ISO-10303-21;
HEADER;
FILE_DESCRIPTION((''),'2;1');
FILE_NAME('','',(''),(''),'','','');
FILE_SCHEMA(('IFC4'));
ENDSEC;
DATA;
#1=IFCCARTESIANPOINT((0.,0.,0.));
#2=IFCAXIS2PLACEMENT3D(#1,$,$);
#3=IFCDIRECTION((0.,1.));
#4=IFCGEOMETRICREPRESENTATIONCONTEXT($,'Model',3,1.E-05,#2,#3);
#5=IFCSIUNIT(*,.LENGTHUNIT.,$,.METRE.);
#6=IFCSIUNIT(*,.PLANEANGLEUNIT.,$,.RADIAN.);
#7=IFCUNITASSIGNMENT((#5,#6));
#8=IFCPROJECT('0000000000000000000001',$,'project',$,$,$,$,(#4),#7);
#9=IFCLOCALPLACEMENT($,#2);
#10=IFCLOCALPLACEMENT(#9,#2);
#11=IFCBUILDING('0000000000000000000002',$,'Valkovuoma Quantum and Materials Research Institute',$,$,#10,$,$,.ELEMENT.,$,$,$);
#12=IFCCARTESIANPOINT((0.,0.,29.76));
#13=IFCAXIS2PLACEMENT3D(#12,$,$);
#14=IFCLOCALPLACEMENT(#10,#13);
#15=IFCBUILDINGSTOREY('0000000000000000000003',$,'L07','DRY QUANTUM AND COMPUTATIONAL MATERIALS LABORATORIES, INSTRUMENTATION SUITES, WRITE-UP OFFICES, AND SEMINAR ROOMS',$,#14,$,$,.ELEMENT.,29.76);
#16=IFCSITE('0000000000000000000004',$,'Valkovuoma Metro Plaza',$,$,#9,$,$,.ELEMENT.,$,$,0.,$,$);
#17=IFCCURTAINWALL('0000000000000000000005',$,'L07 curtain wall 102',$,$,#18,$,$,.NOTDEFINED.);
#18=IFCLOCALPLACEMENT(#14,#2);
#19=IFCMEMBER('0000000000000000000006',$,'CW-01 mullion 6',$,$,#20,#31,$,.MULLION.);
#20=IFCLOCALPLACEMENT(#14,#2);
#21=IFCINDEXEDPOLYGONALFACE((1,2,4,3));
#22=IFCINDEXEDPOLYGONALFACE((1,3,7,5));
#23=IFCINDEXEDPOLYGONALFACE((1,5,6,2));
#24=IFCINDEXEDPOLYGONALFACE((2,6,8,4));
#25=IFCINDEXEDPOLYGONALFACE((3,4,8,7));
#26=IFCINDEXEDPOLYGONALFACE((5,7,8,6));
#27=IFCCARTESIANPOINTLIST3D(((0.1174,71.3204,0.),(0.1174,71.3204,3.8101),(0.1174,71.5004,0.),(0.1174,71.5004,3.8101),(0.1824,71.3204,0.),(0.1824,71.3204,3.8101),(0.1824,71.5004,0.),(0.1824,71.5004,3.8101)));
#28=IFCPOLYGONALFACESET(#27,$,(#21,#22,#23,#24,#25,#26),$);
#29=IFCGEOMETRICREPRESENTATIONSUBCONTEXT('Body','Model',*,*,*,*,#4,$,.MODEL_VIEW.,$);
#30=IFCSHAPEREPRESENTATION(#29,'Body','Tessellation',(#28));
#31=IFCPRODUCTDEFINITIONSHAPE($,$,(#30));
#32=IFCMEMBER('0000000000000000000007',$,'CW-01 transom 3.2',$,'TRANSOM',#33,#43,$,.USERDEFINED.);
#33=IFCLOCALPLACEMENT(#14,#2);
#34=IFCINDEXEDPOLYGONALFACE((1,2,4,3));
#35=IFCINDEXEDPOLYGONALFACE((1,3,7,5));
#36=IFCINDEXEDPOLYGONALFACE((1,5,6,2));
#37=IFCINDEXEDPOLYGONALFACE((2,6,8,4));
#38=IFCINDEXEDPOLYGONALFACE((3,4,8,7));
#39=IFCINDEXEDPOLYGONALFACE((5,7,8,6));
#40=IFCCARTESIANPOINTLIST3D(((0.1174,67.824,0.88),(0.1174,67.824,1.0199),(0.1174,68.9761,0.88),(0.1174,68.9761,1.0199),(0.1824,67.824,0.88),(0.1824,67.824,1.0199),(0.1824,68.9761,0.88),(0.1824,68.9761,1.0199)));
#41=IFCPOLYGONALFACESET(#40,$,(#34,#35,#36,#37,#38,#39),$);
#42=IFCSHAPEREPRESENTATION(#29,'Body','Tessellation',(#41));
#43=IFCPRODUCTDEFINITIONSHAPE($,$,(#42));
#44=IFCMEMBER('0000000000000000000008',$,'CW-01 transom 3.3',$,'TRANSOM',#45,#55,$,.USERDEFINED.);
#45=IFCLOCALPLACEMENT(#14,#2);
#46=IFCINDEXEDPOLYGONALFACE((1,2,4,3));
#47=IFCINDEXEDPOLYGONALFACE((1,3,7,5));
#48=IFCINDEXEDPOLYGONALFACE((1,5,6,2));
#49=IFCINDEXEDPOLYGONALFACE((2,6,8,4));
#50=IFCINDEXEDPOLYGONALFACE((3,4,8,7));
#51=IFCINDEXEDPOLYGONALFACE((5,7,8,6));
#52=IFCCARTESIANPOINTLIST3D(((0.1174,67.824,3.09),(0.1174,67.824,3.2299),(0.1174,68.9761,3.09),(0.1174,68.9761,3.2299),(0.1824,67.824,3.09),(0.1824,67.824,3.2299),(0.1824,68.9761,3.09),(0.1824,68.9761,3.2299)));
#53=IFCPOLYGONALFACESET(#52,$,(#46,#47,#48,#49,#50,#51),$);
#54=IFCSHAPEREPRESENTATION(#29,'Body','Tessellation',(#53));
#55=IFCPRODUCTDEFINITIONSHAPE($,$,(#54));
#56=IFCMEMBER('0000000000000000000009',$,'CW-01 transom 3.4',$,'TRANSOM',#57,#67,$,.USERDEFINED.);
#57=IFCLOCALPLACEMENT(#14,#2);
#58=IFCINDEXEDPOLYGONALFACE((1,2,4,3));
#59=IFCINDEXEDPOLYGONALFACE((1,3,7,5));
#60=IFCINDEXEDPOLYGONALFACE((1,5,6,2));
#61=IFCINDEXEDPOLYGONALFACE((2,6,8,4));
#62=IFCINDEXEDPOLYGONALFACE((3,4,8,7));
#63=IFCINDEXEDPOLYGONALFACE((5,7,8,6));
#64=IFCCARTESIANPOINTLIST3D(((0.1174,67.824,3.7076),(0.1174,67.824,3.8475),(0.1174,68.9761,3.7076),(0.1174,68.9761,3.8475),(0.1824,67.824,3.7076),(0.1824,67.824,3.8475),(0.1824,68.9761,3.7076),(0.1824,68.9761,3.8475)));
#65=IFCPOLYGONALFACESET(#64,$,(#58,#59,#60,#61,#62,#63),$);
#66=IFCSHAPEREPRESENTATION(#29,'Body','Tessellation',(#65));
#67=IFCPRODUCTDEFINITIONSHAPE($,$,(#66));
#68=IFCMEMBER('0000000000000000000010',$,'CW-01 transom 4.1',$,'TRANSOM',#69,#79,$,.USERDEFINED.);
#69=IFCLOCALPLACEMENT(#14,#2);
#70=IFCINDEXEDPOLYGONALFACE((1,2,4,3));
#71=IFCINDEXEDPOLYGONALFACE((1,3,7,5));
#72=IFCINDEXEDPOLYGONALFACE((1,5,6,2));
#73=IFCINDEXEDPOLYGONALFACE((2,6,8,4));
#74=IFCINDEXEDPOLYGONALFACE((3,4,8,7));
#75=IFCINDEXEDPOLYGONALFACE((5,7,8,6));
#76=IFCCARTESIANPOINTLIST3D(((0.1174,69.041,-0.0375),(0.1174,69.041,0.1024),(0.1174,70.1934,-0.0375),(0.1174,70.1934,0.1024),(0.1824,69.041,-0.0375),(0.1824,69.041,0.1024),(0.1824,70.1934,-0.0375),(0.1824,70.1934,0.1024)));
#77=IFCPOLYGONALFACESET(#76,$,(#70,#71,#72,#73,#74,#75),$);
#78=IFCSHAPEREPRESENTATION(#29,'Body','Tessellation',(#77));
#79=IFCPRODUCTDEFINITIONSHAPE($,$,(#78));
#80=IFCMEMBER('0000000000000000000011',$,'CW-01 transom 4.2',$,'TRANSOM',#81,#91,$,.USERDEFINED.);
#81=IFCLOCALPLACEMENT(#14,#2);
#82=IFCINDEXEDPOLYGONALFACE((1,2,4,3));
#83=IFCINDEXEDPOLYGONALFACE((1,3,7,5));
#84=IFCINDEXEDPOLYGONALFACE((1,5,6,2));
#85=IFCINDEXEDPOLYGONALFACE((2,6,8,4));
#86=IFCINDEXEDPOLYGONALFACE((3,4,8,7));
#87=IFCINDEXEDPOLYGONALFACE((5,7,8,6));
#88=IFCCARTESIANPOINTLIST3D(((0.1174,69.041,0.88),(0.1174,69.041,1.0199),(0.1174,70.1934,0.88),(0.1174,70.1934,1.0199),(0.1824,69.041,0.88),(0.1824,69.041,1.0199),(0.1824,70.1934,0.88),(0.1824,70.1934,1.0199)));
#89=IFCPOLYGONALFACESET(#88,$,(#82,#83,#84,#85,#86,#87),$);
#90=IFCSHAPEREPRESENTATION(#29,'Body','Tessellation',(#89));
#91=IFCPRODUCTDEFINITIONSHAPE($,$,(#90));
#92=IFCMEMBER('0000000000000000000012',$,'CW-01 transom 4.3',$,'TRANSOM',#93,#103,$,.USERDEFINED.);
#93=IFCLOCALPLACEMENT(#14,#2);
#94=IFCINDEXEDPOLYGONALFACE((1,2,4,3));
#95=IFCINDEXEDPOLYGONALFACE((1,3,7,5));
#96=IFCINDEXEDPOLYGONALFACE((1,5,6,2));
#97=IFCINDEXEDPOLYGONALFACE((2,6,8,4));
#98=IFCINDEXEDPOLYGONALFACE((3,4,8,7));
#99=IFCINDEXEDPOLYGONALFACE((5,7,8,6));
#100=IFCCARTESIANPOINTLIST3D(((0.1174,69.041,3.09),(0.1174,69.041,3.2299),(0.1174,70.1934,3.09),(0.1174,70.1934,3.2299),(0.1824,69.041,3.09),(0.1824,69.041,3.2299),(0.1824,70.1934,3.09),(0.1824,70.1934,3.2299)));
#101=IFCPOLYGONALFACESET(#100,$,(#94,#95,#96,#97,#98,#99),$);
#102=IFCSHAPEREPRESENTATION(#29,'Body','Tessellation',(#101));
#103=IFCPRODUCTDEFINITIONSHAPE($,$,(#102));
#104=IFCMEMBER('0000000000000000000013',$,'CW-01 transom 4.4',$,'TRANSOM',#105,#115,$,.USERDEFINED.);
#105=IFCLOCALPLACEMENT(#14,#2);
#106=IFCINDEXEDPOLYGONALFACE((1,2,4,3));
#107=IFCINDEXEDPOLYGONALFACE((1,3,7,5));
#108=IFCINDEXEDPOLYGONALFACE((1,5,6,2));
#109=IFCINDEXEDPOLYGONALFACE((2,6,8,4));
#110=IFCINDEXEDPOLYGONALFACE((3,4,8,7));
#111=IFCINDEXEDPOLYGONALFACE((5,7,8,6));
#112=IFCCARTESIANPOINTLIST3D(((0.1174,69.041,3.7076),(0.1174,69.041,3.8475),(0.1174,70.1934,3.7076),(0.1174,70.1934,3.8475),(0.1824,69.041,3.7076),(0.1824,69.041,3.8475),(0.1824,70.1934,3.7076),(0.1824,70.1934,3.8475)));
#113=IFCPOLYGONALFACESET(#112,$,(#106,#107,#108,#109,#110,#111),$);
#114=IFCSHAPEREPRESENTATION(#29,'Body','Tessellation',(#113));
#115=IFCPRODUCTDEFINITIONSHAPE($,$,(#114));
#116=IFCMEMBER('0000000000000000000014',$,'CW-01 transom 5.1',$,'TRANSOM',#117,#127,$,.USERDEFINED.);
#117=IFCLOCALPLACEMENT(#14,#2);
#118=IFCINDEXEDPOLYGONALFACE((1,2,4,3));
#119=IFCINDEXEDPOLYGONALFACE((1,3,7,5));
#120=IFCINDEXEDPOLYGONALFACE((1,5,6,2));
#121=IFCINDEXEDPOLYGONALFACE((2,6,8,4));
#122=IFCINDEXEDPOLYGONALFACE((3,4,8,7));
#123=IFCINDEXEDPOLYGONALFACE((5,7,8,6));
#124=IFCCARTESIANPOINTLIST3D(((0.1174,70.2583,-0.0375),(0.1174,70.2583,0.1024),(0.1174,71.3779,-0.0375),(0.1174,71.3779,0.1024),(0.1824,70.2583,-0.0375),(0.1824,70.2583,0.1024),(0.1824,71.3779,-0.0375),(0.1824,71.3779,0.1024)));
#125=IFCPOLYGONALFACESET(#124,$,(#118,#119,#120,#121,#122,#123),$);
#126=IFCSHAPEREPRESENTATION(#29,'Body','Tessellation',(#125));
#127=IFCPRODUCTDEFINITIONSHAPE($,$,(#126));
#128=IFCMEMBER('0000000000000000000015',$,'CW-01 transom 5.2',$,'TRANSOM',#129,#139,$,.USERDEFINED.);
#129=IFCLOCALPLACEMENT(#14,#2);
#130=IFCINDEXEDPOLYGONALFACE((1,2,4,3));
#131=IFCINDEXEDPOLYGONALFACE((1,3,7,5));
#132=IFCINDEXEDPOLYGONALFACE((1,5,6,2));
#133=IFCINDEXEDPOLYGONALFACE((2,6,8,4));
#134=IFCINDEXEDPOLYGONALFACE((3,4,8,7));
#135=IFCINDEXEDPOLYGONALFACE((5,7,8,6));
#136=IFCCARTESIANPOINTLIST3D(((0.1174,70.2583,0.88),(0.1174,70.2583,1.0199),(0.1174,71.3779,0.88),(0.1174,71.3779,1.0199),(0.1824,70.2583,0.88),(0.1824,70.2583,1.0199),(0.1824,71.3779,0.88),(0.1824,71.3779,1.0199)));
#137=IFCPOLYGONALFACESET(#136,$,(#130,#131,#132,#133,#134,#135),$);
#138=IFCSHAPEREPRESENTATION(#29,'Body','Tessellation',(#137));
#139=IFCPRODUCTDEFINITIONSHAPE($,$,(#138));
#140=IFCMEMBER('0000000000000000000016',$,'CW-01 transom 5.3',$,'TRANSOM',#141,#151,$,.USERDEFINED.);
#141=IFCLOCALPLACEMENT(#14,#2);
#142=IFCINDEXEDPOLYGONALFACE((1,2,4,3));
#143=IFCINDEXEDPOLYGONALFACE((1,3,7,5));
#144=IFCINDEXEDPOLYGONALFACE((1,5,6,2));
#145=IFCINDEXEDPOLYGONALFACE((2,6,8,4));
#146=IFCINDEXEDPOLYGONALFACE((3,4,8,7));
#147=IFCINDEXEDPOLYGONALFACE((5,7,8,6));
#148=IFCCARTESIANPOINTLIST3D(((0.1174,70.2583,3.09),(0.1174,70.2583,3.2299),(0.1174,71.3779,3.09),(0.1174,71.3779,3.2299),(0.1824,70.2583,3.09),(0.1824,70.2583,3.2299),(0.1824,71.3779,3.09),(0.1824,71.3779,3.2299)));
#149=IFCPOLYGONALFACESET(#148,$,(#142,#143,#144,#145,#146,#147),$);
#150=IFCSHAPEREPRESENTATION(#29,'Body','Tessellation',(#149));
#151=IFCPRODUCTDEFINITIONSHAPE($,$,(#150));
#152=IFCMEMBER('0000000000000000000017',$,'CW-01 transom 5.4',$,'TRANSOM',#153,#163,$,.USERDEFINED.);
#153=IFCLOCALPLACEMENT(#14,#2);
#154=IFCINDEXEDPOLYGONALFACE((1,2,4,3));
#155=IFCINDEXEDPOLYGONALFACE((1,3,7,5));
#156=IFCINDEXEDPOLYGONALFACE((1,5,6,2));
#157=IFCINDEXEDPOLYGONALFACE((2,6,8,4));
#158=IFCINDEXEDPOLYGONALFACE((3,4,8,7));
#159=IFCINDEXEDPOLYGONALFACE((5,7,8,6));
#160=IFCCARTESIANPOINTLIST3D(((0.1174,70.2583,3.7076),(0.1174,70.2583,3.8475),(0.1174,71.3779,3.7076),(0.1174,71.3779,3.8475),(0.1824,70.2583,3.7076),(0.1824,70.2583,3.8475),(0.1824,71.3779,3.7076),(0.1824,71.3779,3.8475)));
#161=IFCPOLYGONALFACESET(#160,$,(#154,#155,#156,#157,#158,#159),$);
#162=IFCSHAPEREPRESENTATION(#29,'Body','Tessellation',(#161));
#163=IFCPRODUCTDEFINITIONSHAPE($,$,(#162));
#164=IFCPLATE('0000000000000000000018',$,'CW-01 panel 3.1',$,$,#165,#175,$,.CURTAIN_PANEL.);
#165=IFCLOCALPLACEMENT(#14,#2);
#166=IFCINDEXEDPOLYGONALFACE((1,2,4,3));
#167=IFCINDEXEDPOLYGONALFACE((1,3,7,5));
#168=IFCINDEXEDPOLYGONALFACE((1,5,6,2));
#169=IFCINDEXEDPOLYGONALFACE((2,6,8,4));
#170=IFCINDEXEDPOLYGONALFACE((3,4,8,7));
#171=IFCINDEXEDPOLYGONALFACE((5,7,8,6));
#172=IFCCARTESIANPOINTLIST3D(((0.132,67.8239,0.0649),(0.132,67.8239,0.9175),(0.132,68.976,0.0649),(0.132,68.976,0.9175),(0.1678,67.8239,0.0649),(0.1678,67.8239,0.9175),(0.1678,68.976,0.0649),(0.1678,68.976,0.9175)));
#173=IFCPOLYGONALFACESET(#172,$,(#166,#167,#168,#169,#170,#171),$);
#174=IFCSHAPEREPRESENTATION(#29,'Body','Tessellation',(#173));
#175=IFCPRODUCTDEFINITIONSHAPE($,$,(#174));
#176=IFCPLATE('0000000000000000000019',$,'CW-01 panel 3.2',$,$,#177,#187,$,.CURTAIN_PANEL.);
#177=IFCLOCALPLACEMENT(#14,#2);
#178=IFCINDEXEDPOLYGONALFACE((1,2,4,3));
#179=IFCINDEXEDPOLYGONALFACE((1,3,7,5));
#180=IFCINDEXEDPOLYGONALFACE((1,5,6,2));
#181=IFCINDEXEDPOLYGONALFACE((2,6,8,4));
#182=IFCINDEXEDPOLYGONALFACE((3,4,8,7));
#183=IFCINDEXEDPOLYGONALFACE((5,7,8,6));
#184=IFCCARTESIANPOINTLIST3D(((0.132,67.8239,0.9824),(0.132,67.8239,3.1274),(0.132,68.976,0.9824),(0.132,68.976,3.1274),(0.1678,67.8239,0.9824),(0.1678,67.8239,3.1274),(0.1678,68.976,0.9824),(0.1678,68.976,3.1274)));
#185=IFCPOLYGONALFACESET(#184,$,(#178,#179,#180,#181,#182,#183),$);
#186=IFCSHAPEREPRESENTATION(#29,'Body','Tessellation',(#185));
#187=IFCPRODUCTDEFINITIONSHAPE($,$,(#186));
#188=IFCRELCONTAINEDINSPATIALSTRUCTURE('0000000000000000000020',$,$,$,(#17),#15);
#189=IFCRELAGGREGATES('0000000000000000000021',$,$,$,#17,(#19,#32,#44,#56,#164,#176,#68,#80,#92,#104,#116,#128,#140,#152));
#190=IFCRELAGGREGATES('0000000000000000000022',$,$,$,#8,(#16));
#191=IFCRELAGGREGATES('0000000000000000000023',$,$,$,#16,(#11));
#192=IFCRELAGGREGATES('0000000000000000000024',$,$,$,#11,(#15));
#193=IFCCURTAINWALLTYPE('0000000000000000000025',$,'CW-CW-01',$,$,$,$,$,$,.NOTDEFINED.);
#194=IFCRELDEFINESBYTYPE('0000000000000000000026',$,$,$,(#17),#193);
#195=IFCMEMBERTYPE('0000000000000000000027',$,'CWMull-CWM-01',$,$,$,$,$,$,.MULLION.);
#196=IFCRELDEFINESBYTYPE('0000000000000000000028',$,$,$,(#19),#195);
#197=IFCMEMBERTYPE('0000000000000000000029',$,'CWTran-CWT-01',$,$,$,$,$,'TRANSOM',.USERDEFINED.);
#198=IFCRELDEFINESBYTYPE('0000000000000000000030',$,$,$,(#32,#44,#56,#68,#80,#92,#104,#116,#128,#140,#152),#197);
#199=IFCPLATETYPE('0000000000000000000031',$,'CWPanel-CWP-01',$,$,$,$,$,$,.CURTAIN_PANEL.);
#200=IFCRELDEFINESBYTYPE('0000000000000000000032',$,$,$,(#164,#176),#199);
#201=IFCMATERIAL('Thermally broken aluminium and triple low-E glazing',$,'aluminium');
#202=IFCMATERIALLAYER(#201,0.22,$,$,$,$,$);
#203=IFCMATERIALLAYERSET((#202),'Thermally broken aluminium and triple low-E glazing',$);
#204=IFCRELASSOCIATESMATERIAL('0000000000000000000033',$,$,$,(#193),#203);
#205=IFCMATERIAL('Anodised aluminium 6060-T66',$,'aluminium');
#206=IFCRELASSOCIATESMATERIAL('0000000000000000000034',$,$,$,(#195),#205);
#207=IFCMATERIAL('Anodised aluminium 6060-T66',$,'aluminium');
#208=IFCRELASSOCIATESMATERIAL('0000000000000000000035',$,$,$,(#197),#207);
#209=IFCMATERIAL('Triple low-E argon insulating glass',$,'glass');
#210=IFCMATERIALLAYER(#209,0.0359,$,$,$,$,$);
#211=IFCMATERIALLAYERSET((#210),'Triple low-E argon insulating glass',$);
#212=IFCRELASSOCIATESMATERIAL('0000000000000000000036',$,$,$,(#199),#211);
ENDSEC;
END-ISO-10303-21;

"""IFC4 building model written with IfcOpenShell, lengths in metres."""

from ifc_helpers import new_model, si_unit, direction, frame, origin, origin_2d, place, context, subcontext, project, spatial, rectangle, extrude, material, layer, layer_set, material_profile, profile_set, type_object, element, aggregate, save


model = new_model("IFC4")

# Units and contexts
model_context = context("Model", 3, precision=1e-05, world=origin(), true_north=direction((0.0, 1.0)))
body_context = subcontext(model_context, "Body", "Model", "MODEL_VIEW")
ifc_project = project(units=[si_unit("LENGTHUNIT", "METRE"), si_unit("PLANEANGLEUNIT", "RADIAN")], contexts=[model_context])

# Site, building, storey
site_placement = place(None, origin())
site = spatial("IfcSite", under=ifc_project, at=site_placement, Name="Valkovuoma Metro Plaza", CompositionType="ELEMENT", RefElevation=0.0)
building_placement = place(site_placement, origin())
building = spatial("IfcBuilding", under=site, at=building_placement, Name="Valkovuoma Quantum and Materials Research Institute", CompositionType="ELEMENT")
storey_placement = place(building_placement, frame((0.0, 0.0, 29.76)))
storey = spatial("IfcBuildingStorey", under=building, at=storey_placement, Name="L07", Description="DRY QUANTUM AND COMPUTATIONAL MATERIALS LABORATORIES, INSTRUMENTATION SUITES, WRITE-UP OFFICES, AND SEMINAR ROOMS", CompositionType="ELEMENT", Elevation=29.76)

# Curtain wall, members, plates
ifc_material_1 = material(Name="Thermally broken aluminium and triple low-E glazing", Category="aluminium")
ifc_layer_1 = layer(ifc_material_1, 0.22)
ifc_layer_set_1 = layer_set([ifc_layer_1], Name="Thermally broken aluminium and triple low-E glazing")
curtain_wall_type = type_object("IfcCurtainWallType", Name="CW-CW-01", PredefinedType="NOTDEFINED", material=ifc_layer_set_1)
curtain_wall_placement = place(storey_placement, origin())
curtain_wall = element("IfcCurtainWall", 1, at=curtain_wall_placement, inside=storey, type_object=curtain_wall_type, Name="L07 curtain wall 102", PredefinedType="NOTDEFINED")
ifc_material_2 = material(Name="Anodised aluminium 6060-T66", Category="aluminium")
ifc_material_profile_1 = material_profile(ifc_material_2, rectangle(XDim=0.0649, YDim=0.1799, at=origin_2d()), Name="Anodised aluminium 6060-T66")
ifc_profile_set_1 = profile_set([ifc_material_profile_1], Name="Anodised aluminium 6060-T66")
member_type_1 = type_object("IfcMemberType", Name="CWMull-CWM-01", PredefinedType="MULLION", material=ifc_profile_set_1)
member_1_placement = place(storey_placement, frame((0.1499, 71.4104, 0.0), z_axis=(0.0, 0.0, 1.0), x_axis=(-1.0, 0.0, 0.0)))
member_1 = element("IfcMember", 2, at=member_1_placement, type_object=member_type_1, Name="CW-01 mullion 6", PredefinedType="MULLION", context=body_context, shape_type="SweptSolid", body=[
    extrude(rectangle(XDim=0.0649, YDim=0.1799, at=origin_2d()), origin(), (0.0, 0.0, 1.0), 3.8101),
])
ifc_material_3 = material(Name="Anodised aluminium 6060-T66", Category="aluminium")
ifc_material_profile_2 = material_profile(ifc_material_3, rectangle(XDim=0.0649, YDim=0.1399, at=origin_2d()), Name="Anodised aluminium 6060-T66")
ifc_profile_set_2 = profile_set([ifc_material_profile_2], Name="Anodised aluminium 6060-T66")
member_type_2 = type_object("IfcMemberType", Name="CWTran-CWT-01", ElementType="TRANSOM", PredefinedType="USERDEFINED", material=ifc_profile_set_2)
member_2_placement = place(storey_placement, frame((0.1499, 67.824, 0.95), z_axis=(0.0, 1.0, 0.0), x_axis=(-1.0, 0.0, 0.0)))
member_2 = element("IfcMember", 3, at=member_2_placement, type_object=member_type_2, Name="CW-01 transom 3.2", ObjectType="TRANSOM", PredefinedType="USERDEFINED", context=body_context, shape_type="SweptSolid", body=[
    extrude(rectangle(XDim=0.0649, YDim=0.1399, at=origin_2d()), origin(), (0.0, 0.0, 1.0), 1.1521),
])
member_3_placement = place(storey_placement, frame((0.1499, 67.824, 3.1599), z_axis=(0.0, 1.0, 0.0), x_axis=(-1.0, 0.0, 0.0)))
member_3 = element("IfcMember", 4, at=member_3_placement, type_object=member_type_2, Name="CW-01 transom 3.3", ObjectType="TRANSOM", PredefinedType="USERDEFINED", context=body_context, shape_type="SweptSolid", body=[
    extrude(rectangle(XDim=0.0649, YDim=0.1399, at=origin_2d()), origin(), (0.0, 0.0, 1.0), 1.1521),
])
member_4_placement = place(storey_placement, frame((0.1499, 67.824, 3.7776), z_axis=(0.0, 1.0, 0.0), x_axis=(-1.0, 0.0, 0.0)))
member_4 = element("IfcMember", 5, at=member_4_placement, type_object=member_type_2, Name="CW-01 transom 3.4", ObjectType="TRANSOM", PredefinedType="USERDEFINED", context=body_context, shape_type="SweptSolid", body=[
    extrude(rectangle(XDim=0.0649, YDim=0.1399, at=origin_2d()), origin(), (0.0, 0.0, 1.0), 1.1521),
])
member_5_placement = place(storey_placement, frame((0.1499, 69.041, 0.0325), z_axis=(0.0, 1.0, 0.0), x_axis=(-1.0, 0.0, 0.0)))
member_5 = element("IfcMember", 6, at=member_5_placement, type_object=member_type_2, Name="CW-01 transom 4.1", ObjectType="TRANSOM", PredefinedType="USERDEFINED", context=body_context, shape_type="SweptSolid", body=[
    extrude(rectangle(XDim=0.0649, YDim=0.1399, at=origin_2d()), origin(), (0.0, 0.0, 1.0), 1.1523),
])
member_6_placement = place(storey_placement, frame((0.1499, 69.041, 0.95), z_axis=(0.0, 1.0, 0.0), x_axis=(-1.0, 0.0, 0.0)))
member_6 = element("IfcMember", 7, at=member_6_placement, type_object=member_type_2, Name="CW-01 transom 4.2", ObjectType="TRANSOM", PredefinedType="USERDEFINED", context=body_context, shape_type="SweptSolid", body=[
    extrude(rectangle(XDim=0.0649, YDim=0.1399, at=origin_2d()), origin(), (0.0, 0.0, 1.0), 1.1523),
])
member_7_placement = place(storey_placement, frame((0.1499, 69.041, 3.1599), z_axis=(0.0, 1.0, 0.0), x_axis=(-1.0, 0.0, 0.0)))
member_7 = element("IfcMember", 8, at=member_7_placement, type_object=member_type_2, Name="CW-01 transom 4.3", ObjectType="TRANSOM", PredefinedType="USERDEFINED", context=body_context, shape_type="SweptSolid", body=[
    extrude(rectangle(XDim=0.0649, YDim=0.1399, at=origin_2d()), origin(), (0.0, 0.0, 1.0), 1.1523),
])
member_8_placement = place(storey_placement, frame((0.1499, 69.041, 3.7776), z_axis=(0.0, 1.0, 0.0), x_axis=(-1.0, 0.0, 0.0)))
member_8 = element("IfcMember", 9, at=member_8_placement, type_object=member_type_2, Name="CW-01 transom 4.4", ObjectType="TRANSOM", PredefinedType="USERDEFINED", context=body_context, shape_type="SweptSolid", body=[
    extrude(rectangle(XDim=0.0649, YDim=0.1399, at=origin_2d()), origin(), (0.0, 0.0, 1.0), 1.1523),
])
member_9_placement = place(storey_placement, frame((0.1499, 70.2583, 0.0325), z_axis=(0.0, 1.0, 0.0), x_axis=(-1.0, 0.0, 0.0)))
member_9 = element("IfcMember", 10, at=member_9_placement, type_object=member_type_2, Name="CW-01 transom 5.1", ObjectType="TRANSOM", PredefinedType="USERDEFINED", context=body_context, shape_type="SweptSolid", body=[
    extrude(rectangle(XDim=0.0649, YDim=0.1399, at=origin_2d()), origin(), (0.0, 0.0, 1.0), 1.1196),
])
member_10_placement = place(storey_placement, frame((0.1499, 70.2583, 0.95), z_axis=(0.0, 1.0, 0.0), x_axis=(-1.0, 0.0, 0.0)))
member_10 = element("IfcMember", 11, at=member_10_placement, type_object=member_type_2, Name="CW-01 transom 5.2", ObjectType="TRANSOM", PredefinedType="USERDEFINED", context=body_context, shape_type="SweptSolid", body=[
    extrude(rectangle(XDim=0.0649, YDim=0.1399, at=origin_2d()), origin(), (0.0, 0.0, 1.0), 1.1196),
])
member_11_placement = place(storey_placement, frame((0.1499, 70.2583, 3.1599), z_axis=(0.0, 1.0, 0.0), x_axis=(-1.0, 0.0, 0.0)))
member_11 = element("IfcMember", 12, at=member_11_placement, type_object=member_type_2, Name="CW-01 transom 5.3", ObjectType="TRANSOM", PredefinedType="USERDEFINED", context=body_context, shape_type="SweptSolid", body=[
    extrude(rectangle(XDim=0.0649, YDim=0.1399, at=origin_2d()), origin(), (0.0, 0.0, 1.0), 1.1196),
])
member_12_placement = place(storey_placement, frame((0.1499, 70.2583, 3.7776), z_axis=(0.0, 1.0, 0.0), x_axis=(-1.0, 0.0, 0.0)))
member_12 = element("IfcMember", 13, at=member_12_placement, type_object=member_type_2, Name="CW-01 transom 5.4", ObjectType="TRANSOM", PredefinedType="USERDEFINED", context=body_context, shape_type="SweptSolid", body=[
    extrude(rectangle(XDim=0.0649, YDim=0.1399, at=origin_2d()), origin(), (0.0, 0.0, 1.0), 1.1196),
])
ifc_material_4 = material(Name="Triple low-E argon insulating glass", Category="glass")
ifc_layer_2 = layer(ifc_material_4, 0.0359)
ifc_layer_set_2 = layer_set([ifc_layer_2], Name="Triple low-E argon insulating glass")
plate_type = type_object("IfcPlateType", Name="CWPanel-CWP-01", PredefinedType="CURTAIN_PANEL", material=ifc_layer_set_2)
plate_1_placement = place(storey_placement, frame((0.1499, 68.3999, 0.0649), z_axis=(0.0, 0.0, 1.0), x_axis=(0.0, 1.0, 0.0)))
plate_1 = element("IfcPlate", 14, at=plate_1_placement, type_object=plate_type, Name="CW-01 panel 3.1", PredefinedType="CURTAIN_PANEL", context=body_context, shape_type="SweptSolid", body=[
    extrude(rectangle(XDim=1.1521, YDim=0.0359, at=origin_2d()), origin(), (0.0, 0.0, 1.0), 0.8525),
])
plate_2_placement = place(storey_placement, frame((0.1499, 68.3999, 0.9824), z_axis=(0.0, 0.0, 1.0), x_axis=(0.0, 1.0, 0.0)))
plate_2 = element("IfcPlate", 15, at=plate_2_placement, type_object=plate_type, Name="CW-01 panel 3.2", PredefinedType="CURTAIN_PANEL", context=body_context, shape_type="SweptSolid", body=[
    extrude(rectangle(XDim=1.1521, YDim=0.0359, at=origin_2d()), origin(), (0.0, 0.0, 1.0), 2.145),
])
aggregate(curtain_wall, [member_1, member_2, member_3, member_4, plate_1, plate_2, member_5, member_6, member_7, member_8, member_9, member_10, member_11, member_12])

save(model, "model.ifc")
